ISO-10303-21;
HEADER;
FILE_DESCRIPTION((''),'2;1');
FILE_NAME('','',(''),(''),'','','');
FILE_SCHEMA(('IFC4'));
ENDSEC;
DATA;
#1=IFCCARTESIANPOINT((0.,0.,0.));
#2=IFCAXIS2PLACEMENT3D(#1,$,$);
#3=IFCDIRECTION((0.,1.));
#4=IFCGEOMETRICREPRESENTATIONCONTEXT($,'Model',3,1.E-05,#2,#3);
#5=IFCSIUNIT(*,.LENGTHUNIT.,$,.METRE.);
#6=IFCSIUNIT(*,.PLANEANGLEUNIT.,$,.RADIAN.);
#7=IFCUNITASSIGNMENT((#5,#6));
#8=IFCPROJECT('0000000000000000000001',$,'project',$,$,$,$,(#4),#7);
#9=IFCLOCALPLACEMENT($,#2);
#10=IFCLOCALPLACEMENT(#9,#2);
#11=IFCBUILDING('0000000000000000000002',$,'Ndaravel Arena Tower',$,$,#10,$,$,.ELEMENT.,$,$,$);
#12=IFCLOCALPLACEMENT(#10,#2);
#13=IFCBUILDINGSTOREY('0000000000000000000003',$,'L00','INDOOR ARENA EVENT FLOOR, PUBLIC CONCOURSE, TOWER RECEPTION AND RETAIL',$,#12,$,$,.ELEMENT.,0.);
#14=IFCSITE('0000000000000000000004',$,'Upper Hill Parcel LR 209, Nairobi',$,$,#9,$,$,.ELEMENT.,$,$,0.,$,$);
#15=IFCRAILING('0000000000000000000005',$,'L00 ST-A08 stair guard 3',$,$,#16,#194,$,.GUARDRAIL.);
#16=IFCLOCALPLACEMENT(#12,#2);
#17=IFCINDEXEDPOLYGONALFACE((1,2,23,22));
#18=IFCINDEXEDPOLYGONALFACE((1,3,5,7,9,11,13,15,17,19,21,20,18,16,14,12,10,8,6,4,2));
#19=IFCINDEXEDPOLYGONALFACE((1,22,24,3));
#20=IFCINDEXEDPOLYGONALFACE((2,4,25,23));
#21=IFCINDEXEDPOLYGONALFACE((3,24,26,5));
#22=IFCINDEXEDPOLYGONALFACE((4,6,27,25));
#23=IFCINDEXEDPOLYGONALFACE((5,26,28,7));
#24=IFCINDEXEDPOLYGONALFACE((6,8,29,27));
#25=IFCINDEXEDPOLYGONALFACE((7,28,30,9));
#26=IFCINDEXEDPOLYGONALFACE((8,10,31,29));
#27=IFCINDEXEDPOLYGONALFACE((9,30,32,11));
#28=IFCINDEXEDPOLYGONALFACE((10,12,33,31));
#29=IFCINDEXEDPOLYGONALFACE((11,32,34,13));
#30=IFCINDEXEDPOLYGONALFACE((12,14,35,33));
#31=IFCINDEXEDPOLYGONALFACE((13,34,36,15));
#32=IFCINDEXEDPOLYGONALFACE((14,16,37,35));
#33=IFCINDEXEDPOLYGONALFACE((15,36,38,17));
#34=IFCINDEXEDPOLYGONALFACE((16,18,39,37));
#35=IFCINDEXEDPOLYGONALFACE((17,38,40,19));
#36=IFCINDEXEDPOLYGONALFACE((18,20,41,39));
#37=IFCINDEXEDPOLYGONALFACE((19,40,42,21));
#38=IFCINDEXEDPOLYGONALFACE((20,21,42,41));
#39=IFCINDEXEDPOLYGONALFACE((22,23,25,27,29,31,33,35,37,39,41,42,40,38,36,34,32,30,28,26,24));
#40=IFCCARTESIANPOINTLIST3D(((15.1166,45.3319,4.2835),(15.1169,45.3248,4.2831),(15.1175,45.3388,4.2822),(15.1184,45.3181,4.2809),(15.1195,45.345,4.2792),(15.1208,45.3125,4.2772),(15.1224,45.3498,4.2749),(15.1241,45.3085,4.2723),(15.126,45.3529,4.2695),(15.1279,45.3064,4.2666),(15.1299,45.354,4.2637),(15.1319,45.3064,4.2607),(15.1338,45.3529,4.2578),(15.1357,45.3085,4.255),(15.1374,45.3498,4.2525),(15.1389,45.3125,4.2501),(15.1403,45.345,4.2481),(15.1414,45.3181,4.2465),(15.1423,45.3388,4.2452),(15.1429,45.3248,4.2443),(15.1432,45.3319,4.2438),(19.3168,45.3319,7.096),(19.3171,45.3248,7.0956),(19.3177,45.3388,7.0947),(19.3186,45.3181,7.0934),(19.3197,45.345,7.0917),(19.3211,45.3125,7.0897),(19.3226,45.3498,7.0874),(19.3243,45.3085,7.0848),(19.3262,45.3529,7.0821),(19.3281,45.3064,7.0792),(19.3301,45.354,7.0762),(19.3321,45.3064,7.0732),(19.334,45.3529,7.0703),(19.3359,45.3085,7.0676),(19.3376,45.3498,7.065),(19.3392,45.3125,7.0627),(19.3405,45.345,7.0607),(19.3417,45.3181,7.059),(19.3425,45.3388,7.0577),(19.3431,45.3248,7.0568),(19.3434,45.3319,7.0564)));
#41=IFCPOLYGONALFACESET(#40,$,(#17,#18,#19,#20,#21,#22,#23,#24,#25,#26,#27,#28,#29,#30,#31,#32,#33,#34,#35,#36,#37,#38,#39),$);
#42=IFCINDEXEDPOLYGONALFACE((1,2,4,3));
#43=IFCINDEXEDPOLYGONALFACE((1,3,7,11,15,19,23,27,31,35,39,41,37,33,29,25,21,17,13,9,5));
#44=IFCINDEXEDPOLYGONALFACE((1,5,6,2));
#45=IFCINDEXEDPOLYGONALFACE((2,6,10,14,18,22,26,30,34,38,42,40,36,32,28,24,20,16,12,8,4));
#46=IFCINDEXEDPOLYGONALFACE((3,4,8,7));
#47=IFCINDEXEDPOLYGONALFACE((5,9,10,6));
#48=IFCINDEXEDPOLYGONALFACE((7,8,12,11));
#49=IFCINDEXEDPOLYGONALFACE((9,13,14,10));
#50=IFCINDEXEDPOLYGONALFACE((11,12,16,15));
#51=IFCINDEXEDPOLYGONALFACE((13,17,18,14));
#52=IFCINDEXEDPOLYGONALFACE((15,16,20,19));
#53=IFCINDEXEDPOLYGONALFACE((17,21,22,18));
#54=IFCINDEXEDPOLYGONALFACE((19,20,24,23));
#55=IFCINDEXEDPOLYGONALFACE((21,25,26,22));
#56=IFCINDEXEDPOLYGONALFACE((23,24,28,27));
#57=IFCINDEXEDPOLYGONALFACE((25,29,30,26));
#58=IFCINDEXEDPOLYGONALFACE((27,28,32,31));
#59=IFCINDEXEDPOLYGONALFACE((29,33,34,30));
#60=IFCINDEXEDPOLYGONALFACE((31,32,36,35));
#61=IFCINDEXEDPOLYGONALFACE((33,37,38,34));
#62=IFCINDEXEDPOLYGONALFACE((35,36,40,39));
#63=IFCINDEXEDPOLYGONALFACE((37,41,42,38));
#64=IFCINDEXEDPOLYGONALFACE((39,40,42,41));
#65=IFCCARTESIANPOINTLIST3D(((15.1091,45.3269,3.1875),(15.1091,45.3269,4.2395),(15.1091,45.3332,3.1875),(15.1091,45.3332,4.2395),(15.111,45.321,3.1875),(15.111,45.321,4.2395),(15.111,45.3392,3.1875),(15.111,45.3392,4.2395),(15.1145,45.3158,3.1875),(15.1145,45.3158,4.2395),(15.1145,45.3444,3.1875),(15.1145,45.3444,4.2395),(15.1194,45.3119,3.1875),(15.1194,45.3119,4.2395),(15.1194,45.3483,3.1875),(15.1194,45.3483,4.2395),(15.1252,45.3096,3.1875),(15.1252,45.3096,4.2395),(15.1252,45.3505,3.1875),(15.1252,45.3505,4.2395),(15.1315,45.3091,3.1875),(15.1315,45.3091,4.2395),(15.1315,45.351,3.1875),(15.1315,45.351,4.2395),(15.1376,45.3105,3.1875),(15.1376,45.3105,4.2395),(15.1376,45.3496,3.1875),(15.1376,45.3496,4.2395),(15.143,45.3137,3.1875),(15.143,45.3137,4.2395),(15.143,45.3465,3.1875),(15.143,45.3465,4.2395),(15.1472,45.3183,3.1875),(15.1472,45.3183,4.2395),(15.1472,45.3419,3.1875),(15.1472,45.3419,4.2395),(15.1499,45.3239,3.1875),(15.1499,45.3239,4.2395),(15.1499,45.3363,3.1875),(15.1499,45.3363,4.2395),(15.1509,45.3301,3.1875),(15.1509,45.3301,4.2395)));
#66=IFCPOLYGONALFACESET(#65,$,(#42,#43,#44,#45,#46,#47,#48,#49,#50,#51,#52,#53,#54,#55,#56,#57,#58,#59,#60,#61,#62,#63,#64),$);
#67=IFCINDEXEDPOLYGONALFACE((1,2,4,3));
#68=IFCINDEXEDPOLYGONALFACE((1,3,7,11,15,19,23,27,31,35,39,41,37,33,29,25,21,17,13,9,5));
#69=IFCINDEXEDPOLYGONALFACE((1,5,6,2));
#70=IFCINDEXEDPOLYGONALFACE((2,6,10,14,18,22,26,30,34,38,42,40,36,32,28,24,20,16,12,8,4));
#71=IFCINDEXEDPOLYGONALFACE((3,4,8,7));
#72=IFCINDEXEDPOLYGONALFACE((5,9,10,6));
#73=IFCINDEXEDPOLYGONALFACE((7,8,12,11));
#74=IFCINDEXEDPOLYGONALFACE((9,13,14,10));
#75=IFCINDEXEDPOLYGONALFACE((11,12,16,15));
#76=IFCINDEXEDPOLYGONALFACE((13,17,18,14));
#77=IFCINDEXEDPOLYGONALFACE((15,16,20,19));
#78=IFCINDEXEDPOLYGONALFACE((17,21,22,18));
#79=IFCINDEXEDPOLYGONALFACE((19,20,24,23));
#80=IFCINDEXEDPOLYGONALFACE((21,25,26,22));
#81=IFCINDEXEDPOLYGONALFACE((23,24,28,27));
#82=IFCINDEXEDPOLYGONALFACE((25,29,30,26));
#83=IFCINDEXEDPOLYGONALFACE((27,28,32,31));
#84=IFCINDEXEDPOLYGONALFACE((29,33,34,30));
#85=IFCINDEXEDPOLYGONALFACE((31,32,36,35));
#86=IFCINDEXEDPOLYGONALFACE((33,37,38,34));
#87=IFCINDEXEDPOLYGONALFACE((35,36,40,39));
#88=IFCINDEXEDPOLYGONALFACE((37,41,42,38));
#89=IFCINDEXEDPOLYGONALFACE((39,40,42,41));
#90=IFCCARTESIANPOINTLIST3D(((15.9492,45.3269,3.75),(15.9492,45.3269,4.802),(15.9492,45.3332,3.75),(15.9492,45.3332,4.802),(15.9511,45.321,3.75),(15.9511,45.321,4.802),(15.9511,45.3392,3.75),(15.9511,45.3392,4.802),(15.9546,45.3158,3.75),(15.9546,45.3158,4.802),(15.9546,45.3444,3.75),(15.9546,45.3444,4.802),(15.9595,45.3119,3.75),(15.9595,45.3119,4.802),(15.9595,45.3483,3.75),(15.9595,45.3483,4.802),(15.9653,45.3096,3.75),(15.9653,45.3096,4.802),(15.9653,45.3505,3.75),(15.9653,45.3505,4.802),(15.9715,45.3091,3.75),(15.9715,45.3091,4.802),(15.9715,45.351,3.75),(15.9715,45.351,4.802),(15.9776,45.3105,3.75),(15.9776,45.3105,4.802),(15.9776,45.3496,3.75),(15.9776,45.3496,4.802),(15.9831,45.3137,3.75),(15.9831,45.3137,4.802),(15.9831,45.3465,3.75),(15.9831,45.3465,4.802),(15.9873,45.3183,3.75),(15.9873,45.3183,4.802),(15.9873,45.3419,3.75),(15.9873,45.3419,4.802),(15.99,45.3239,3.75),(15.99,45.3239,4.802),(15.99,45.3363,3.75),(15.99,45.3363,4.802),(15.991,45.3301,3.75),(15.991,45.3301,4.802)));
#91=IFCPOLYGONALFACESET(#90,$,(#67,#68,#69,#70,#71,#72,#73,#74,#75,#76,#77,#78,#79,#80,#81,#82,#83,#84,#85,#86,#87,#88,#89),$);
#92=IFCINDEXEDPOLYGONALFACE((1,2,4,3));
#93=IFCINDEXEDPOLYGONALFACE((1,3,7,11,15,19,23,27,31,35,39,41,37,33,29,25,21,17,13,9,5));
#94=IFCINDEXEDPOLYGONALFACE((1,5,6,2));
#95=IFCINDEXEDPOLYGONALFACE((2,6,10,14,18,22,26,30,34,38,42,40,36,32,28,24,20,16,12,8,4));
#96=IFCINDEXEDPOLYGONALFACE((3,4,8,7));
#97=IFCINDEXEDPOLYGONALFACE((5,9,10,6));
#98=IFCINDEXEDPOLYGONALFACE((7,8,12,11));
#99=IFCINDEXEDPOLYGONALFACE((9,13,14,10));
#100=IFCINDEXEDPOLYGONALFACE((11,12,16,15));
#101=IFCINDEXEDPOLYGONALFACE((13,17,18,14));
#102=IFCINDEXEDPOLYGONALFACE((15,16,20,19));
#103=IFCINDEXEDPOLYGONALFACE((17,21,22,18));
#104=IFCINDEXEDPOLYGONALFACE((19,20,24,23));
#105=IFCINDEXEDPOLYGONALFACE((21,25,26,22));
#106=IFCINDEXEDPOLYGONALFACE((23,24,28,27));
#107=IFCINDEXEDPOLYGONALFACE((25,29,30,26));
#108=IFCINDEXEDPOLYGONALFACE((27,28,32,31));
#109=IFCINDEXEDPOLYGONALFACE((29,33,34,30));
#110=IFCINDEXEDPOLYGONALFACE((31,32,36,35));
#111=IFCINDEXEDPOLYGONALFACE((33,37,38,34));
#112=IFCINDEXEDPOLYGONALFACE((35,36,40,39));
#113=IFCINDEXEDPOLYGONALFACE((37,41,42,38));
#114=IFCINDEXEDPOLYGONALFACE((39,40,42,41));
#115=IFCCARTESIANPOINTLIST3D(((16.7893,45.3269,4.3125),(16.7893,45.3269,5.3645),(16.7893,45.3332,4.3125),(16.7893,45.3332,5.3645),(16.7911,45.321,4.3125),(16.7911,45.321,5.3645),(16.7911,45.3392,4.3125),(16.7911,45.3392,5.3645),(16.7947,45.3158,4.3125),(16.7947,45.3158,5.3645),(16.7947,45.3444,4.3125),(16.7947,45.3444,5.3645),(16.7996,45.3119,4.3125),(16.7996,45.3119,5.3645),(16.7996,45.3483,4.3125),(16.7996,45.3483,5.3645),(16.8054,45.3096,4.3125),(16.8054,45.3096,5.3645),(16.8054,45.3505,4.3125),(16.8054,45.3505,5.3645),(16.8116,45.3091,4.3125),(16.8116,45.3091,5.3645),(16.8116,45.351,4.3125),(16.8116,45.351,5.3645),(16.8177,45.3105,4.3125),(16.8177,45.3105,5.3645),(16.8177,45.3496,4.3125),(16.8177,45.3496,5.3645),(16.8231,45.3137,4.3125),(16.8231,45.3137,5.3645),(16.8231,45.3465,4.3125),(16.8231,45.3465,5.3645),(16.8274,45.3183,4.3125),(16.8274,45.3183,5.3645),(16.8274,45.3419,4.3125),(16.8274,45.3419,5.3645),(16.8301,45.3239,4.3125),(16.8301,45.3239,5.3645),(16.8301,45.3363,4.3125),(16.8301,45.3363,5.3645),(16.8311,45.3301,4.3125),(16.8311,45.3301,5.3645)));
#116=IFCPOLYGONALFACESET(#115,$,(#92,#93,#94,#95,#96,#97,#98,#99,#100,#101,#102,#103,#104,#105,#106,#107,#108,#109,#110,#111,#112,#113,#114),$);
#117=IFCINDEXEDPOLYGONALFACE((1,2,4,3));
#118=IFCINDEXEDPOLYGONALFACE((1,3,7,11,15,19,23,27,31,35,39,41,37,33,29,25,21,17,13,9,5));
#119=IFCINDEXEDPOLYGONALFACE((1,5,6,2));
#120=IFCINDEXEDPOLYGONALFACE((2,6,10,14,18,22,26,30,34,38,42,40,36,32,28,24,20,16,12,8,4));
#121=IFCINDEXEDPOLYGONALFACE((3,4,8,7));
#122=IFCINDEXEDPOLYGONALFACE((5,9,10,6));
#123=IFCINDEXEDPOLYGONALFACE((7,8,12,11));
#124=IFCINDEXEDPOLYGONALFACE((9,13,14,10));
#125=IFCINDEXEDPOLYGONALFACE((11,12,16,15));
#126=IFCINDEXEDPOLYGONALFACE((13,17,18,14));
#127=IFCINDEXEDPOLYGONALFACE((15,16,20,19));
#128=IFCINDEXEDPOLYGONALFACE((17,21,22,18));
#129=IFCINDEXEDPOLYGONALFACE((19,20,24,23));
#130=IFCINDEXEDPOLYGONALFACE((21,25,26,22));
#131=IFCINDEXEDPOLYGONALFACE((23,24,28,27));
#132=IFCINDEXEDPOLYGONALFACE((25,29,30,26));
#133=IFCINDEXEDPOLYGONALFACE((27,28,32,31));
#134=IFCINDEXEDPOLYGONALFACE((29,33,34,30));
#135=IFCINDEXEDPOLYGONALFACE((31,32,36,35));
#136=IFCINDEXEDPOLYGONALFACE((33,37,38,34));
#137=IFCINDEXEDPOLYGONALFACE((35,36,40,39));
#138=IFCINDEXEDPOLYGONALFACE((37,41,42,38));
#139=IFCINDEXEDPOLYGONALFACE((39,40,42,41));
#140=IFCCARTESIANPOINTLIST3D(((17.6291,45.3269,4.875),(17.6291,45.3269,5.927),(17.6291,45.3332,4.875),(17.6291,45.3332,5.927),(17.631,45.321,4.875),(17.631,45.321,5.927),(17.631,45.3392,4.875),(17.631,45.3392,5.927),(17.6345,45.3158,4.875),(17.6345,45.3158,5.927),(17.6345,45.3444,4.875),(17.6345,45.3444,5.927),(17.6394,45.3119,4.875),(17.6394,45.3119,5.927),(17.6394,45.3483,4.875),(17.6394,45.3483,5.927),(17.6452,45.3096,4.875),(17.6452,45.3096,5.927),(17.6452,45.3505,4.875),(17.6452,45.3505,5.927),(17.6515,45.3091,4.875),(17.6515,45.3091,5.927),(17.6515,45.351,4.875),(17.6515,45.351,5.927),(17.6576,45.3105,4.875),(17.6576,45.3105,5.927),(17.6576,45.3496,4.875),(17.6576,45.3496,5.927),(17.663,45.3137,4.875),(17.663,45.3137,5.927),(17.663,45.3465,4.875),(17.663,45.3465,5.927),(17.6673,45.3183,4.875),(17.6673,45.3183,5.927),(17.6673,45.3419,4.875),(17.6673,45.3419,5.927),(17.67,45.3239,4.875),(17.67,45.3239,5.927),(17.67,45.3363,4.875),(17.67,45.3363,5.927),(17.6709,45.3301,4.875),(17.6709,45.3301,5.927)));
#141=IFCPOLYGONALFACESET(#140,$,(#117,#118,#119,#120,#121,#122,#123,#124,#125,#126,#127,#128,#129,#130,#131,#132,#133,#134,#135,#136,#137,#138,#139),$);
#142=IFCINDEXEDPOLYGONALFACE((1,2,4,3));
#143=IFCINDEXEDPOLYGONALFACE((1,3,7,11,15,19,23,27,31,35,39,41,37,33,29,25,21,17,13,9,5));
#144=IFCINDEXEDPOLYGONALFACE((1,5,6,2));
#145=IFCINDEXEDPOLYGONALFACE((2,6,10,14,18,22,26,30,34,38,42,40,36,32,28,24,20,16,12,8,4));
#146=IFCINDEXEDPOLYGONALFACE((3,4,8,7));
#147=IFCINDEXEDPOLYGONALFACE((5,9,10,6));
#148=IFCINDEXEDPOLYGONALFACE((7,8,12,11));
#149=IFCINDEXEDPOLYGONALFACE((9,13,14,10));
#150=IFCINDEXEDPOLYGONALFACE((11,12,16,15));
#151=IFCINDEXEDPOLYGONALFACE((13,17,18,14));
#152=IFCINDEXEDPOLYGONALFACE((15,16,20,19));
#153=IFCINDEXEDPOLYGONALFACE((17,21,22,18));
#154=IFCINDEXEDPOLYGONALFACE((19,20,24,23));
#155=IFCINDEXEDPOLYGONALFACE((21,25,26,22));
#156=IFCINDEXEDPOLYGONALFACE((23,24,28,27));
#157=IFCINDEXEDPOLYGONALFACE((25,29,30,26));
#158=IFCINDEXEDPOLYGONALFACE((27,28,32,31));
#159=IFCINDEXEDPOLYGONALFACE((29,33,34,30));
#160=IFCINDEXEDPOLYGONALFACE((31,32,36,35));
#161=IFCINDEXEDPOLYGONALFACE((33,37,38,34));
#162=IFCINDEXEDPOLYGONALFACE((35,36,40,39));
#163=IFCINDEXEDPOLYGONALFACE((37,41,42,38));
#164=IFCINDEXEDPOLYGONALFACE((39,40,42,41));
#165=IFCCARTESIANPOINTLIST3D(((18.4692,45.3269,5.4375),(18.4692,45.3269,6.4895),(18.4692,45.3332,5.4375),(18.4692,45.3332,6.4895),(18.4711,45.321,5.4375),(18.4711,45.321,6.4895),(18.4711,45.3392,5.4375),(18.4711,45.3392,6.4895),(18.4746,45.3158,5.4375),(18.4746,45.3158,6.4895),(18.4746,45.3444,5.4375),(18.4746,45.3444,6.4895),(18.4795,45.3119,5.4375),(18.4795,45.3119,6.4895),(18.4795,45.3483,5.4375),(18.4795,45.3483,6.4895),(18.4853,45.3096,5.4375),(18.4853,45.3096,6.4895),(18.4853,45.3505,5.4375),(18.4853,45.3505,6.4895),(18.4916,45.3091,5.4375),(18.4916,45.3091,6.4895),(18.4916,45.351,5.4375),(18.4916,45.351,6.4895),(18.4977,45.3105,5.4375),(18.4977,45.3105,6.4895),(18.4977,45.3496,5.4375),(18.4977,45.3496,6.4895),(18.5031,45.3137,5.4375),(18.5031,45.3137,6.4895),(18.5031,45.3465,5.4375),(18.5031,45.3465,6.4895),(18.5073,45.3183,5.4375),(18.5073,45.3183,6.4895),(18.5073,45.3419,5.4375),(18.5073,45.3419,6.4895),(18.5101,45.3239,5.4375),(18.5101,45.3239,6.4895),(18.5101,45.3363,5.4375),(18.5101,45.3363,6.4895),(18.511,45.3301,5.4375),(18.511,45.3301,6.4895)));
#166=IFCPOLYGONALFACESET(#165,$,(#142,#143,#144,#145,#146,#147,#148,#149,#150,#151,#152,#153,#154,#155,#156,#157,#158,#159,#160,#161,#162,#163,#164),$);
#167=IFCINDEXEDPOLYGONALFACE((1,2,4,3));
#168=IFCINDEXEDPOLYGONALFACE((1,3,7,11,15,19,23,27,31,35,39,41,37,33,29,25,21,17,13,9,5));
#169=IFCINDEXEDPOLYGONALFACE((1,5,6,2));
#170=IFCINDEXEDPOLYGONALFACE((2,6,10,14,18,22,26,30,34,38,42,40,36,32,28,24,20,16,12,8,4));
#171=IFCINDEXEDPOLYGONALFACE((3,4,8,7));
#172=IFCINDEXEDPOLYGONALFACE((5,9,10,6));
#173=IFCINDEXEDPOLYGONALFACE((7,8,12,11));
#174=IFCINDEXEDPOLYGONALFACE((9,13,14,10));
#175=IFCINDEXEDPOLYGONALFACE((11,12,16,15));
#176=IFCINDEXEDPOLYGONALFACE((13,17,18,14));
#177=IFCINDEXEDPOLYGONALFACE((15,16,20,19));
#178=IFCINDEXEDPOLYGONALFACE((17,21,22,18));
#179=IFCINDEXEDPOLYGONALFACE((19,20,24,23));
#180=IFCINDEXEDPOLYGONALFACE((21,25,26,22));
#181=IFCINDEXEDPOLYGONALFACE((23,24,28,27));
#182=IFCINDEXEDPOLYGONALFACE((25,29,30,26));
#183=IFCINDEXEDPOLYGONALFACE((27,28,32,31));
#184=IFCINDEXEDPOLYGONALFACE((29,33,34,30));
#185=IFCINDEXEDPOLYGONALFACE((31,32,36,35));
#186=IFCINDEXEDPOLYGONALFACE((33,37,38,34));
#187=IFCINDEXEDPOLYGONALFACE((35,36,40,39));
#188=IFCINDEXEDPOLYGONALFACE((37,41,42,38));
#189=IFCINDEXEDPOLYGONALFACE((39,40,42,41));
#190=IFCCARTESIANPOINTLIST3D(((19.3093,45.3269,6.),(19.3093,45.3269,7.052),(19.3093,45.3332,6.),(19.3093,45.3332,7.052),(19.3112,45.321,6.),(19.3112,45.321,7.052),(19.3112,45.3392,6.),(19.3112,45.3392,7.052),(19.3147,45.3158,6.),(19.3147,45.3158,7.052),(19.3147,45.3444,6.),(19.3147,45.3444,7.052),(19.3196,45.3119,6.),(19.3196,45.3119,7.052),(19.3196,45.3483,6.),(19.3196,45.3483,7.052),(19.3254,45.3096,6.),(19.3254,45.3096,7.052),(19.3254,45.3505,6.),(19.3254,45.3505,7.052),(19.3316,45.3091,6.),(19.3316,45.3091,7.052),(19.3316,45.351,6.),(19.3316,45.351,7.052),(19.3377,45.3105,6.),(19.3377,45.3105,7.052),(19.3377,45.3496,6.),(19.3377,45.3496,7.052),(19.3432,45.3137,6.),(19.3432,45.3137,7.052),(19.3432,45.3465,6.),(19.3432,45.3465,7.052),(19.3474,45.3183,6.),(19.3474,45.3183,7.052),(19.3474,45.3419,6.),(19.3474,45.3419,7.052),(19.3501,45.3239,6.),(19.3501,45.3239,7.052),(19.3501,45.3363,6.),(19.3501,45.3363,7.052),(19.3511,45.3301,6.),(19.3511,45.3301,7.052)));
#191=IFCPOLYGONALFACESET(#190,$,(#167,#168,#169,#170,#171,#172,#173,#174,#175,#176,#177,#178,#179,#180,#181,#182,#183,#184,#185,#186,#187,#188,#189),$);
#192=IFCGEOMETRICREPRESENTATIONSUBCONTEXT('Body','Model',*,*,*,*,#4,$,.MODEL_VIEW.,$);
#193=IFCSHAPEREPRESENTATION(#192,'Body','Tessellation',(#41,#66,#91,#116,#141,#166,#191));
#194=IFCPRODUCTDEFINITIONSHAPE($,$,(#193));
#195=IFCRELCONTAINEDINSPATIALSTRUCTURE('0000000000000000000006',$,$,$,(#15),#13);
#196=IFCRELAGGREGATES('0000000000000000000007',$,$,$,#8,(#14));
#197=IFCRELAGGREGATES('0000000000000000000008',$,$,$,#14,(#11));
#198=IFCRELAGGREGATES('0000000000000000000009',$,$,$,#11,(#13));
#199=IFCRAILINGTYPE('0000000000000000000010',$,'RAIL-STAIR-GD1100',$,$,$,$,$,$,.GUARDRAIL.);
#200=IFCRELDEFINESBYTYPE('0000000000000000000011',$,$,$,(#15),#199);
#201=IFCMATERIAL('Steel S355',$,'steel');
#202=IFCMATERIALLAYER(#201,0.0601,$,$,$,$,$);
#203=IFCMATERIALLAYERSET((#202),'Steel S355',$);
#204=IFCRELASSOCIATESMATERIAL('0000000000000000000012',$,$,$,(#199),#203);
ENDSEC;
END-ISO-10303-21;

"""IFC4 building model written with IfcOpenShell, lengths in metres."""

from ifc_helpers import new_model, si_unit, direction, frame, origin, origin_2d, place, context, subcontext, project, spatial, circle, extrude, material, layer, layer_set, type_object, element, save


model = new_model("IFC4")

# Units and contexts
model_context = context("Model", 3, precision=1e-05, world=origin(), true_north=direction((0.0, 1.0)))
body_context = subcontext(model_context, "Body", "Model", "MODEL_VIEW")
ifc_project = project(units=[si_unit("LENGTHUNIT", "METRE"), si_unit("PLANEANGLEUNIT", "RADIAN")], contexts=[model_context])

# Site, building, storey
site_placement = place(None, origin())
site = spatial("IfcSite", under=ifc_project, at=site_placement, Name="Upper Hill Parcel LR 209, Nairobi", CompositionType="ELEMENT", RefElevation=0.0)
building_placement = place(site_placement, origin())
building = spatial("IfcBuilding", under=site, at=building_placement, Name="Ndaravel Arena Tower", CompositionType="ELEMENT")
storey_placement = place(building_placement, origin())
storey = spatial("IfcBuildingStorey", under=building, at=storey_placement, Name="L00", Description="INDOOR ARENA EVENT FLOOR, PUBLIC CONCOURSE, TOWER RECEPTION AND RETAIL", CompositionType="ELEMENT", Elevation=0.0)

# Railing
ifc_material_1 = material(Name="Steel S355", Category="steel")
ifc_layer_1 = layer(ifc_material_1, 0.0601)
ifc_layer_set_1 = layer_set([ifc_layer_1], Name="Steel S355")
railing_type_1 = type_object("IfcRailingType", Name="RAIL-STAIR-GD1100", PredefinedType="GUARDRAIL", material=ifc_layer_set_1)
railing_1_placement = place(storey_placement, frame((15.1299, 45.3301, 3.1875)))
element("IfcRailing", 1, at=railing_1_placement, inside=storey, type_object=railing_type_1, Name="L00 ST-A08 stair guard 3", PredefinedType="GUARDRAIL", context=body_context, shape_type="SweptSolid", body=[
    extrude(circle(Radius=0.0239, at=origin_2d()), frame((0.0, 0.0, 1.0762), z_axis=(0.830919, 0.0, 0.556393), x_axis=(0.0, 1.0, 0.0)), (0.0, 0.0, 1.0), 5.0549),
    extrude(circle(Radius=0.021, at=origin_2d()), origin(), (0.0, 0.0, 1.0), 1.052),
    extrude(circle(Radius=0.021, at=origin_2d()), frame((0.8401, 0.0, 0.5625)), (0.0, 0.0, 1.0), 1.052),
    extrude(circle(Radius=0.021, at=origin_2d()), frame((1.6802, 0.0, 1.125)), (0.0, 0.0, 1.0), 1.052),
    extrude(circle(Radius=0.021, at=origin_2d()), frame((2.52, 0.0, 1.6875)), (0.0, 0.0, 1.0), 1.052),
    extrude(circle(Radius=0.021, at=origin_2d()), frame((3.3601, 0.0, 2.25)), (0.0, 0.0, 1.0), 1.052),
    extrude(circle(Radius=0.021, at=origin_2d()), frame((4.2002, 0.0, 2.8125)), (0.0, 0.0, 1.0), 1.052),
])

save(model, "model.ifc")
